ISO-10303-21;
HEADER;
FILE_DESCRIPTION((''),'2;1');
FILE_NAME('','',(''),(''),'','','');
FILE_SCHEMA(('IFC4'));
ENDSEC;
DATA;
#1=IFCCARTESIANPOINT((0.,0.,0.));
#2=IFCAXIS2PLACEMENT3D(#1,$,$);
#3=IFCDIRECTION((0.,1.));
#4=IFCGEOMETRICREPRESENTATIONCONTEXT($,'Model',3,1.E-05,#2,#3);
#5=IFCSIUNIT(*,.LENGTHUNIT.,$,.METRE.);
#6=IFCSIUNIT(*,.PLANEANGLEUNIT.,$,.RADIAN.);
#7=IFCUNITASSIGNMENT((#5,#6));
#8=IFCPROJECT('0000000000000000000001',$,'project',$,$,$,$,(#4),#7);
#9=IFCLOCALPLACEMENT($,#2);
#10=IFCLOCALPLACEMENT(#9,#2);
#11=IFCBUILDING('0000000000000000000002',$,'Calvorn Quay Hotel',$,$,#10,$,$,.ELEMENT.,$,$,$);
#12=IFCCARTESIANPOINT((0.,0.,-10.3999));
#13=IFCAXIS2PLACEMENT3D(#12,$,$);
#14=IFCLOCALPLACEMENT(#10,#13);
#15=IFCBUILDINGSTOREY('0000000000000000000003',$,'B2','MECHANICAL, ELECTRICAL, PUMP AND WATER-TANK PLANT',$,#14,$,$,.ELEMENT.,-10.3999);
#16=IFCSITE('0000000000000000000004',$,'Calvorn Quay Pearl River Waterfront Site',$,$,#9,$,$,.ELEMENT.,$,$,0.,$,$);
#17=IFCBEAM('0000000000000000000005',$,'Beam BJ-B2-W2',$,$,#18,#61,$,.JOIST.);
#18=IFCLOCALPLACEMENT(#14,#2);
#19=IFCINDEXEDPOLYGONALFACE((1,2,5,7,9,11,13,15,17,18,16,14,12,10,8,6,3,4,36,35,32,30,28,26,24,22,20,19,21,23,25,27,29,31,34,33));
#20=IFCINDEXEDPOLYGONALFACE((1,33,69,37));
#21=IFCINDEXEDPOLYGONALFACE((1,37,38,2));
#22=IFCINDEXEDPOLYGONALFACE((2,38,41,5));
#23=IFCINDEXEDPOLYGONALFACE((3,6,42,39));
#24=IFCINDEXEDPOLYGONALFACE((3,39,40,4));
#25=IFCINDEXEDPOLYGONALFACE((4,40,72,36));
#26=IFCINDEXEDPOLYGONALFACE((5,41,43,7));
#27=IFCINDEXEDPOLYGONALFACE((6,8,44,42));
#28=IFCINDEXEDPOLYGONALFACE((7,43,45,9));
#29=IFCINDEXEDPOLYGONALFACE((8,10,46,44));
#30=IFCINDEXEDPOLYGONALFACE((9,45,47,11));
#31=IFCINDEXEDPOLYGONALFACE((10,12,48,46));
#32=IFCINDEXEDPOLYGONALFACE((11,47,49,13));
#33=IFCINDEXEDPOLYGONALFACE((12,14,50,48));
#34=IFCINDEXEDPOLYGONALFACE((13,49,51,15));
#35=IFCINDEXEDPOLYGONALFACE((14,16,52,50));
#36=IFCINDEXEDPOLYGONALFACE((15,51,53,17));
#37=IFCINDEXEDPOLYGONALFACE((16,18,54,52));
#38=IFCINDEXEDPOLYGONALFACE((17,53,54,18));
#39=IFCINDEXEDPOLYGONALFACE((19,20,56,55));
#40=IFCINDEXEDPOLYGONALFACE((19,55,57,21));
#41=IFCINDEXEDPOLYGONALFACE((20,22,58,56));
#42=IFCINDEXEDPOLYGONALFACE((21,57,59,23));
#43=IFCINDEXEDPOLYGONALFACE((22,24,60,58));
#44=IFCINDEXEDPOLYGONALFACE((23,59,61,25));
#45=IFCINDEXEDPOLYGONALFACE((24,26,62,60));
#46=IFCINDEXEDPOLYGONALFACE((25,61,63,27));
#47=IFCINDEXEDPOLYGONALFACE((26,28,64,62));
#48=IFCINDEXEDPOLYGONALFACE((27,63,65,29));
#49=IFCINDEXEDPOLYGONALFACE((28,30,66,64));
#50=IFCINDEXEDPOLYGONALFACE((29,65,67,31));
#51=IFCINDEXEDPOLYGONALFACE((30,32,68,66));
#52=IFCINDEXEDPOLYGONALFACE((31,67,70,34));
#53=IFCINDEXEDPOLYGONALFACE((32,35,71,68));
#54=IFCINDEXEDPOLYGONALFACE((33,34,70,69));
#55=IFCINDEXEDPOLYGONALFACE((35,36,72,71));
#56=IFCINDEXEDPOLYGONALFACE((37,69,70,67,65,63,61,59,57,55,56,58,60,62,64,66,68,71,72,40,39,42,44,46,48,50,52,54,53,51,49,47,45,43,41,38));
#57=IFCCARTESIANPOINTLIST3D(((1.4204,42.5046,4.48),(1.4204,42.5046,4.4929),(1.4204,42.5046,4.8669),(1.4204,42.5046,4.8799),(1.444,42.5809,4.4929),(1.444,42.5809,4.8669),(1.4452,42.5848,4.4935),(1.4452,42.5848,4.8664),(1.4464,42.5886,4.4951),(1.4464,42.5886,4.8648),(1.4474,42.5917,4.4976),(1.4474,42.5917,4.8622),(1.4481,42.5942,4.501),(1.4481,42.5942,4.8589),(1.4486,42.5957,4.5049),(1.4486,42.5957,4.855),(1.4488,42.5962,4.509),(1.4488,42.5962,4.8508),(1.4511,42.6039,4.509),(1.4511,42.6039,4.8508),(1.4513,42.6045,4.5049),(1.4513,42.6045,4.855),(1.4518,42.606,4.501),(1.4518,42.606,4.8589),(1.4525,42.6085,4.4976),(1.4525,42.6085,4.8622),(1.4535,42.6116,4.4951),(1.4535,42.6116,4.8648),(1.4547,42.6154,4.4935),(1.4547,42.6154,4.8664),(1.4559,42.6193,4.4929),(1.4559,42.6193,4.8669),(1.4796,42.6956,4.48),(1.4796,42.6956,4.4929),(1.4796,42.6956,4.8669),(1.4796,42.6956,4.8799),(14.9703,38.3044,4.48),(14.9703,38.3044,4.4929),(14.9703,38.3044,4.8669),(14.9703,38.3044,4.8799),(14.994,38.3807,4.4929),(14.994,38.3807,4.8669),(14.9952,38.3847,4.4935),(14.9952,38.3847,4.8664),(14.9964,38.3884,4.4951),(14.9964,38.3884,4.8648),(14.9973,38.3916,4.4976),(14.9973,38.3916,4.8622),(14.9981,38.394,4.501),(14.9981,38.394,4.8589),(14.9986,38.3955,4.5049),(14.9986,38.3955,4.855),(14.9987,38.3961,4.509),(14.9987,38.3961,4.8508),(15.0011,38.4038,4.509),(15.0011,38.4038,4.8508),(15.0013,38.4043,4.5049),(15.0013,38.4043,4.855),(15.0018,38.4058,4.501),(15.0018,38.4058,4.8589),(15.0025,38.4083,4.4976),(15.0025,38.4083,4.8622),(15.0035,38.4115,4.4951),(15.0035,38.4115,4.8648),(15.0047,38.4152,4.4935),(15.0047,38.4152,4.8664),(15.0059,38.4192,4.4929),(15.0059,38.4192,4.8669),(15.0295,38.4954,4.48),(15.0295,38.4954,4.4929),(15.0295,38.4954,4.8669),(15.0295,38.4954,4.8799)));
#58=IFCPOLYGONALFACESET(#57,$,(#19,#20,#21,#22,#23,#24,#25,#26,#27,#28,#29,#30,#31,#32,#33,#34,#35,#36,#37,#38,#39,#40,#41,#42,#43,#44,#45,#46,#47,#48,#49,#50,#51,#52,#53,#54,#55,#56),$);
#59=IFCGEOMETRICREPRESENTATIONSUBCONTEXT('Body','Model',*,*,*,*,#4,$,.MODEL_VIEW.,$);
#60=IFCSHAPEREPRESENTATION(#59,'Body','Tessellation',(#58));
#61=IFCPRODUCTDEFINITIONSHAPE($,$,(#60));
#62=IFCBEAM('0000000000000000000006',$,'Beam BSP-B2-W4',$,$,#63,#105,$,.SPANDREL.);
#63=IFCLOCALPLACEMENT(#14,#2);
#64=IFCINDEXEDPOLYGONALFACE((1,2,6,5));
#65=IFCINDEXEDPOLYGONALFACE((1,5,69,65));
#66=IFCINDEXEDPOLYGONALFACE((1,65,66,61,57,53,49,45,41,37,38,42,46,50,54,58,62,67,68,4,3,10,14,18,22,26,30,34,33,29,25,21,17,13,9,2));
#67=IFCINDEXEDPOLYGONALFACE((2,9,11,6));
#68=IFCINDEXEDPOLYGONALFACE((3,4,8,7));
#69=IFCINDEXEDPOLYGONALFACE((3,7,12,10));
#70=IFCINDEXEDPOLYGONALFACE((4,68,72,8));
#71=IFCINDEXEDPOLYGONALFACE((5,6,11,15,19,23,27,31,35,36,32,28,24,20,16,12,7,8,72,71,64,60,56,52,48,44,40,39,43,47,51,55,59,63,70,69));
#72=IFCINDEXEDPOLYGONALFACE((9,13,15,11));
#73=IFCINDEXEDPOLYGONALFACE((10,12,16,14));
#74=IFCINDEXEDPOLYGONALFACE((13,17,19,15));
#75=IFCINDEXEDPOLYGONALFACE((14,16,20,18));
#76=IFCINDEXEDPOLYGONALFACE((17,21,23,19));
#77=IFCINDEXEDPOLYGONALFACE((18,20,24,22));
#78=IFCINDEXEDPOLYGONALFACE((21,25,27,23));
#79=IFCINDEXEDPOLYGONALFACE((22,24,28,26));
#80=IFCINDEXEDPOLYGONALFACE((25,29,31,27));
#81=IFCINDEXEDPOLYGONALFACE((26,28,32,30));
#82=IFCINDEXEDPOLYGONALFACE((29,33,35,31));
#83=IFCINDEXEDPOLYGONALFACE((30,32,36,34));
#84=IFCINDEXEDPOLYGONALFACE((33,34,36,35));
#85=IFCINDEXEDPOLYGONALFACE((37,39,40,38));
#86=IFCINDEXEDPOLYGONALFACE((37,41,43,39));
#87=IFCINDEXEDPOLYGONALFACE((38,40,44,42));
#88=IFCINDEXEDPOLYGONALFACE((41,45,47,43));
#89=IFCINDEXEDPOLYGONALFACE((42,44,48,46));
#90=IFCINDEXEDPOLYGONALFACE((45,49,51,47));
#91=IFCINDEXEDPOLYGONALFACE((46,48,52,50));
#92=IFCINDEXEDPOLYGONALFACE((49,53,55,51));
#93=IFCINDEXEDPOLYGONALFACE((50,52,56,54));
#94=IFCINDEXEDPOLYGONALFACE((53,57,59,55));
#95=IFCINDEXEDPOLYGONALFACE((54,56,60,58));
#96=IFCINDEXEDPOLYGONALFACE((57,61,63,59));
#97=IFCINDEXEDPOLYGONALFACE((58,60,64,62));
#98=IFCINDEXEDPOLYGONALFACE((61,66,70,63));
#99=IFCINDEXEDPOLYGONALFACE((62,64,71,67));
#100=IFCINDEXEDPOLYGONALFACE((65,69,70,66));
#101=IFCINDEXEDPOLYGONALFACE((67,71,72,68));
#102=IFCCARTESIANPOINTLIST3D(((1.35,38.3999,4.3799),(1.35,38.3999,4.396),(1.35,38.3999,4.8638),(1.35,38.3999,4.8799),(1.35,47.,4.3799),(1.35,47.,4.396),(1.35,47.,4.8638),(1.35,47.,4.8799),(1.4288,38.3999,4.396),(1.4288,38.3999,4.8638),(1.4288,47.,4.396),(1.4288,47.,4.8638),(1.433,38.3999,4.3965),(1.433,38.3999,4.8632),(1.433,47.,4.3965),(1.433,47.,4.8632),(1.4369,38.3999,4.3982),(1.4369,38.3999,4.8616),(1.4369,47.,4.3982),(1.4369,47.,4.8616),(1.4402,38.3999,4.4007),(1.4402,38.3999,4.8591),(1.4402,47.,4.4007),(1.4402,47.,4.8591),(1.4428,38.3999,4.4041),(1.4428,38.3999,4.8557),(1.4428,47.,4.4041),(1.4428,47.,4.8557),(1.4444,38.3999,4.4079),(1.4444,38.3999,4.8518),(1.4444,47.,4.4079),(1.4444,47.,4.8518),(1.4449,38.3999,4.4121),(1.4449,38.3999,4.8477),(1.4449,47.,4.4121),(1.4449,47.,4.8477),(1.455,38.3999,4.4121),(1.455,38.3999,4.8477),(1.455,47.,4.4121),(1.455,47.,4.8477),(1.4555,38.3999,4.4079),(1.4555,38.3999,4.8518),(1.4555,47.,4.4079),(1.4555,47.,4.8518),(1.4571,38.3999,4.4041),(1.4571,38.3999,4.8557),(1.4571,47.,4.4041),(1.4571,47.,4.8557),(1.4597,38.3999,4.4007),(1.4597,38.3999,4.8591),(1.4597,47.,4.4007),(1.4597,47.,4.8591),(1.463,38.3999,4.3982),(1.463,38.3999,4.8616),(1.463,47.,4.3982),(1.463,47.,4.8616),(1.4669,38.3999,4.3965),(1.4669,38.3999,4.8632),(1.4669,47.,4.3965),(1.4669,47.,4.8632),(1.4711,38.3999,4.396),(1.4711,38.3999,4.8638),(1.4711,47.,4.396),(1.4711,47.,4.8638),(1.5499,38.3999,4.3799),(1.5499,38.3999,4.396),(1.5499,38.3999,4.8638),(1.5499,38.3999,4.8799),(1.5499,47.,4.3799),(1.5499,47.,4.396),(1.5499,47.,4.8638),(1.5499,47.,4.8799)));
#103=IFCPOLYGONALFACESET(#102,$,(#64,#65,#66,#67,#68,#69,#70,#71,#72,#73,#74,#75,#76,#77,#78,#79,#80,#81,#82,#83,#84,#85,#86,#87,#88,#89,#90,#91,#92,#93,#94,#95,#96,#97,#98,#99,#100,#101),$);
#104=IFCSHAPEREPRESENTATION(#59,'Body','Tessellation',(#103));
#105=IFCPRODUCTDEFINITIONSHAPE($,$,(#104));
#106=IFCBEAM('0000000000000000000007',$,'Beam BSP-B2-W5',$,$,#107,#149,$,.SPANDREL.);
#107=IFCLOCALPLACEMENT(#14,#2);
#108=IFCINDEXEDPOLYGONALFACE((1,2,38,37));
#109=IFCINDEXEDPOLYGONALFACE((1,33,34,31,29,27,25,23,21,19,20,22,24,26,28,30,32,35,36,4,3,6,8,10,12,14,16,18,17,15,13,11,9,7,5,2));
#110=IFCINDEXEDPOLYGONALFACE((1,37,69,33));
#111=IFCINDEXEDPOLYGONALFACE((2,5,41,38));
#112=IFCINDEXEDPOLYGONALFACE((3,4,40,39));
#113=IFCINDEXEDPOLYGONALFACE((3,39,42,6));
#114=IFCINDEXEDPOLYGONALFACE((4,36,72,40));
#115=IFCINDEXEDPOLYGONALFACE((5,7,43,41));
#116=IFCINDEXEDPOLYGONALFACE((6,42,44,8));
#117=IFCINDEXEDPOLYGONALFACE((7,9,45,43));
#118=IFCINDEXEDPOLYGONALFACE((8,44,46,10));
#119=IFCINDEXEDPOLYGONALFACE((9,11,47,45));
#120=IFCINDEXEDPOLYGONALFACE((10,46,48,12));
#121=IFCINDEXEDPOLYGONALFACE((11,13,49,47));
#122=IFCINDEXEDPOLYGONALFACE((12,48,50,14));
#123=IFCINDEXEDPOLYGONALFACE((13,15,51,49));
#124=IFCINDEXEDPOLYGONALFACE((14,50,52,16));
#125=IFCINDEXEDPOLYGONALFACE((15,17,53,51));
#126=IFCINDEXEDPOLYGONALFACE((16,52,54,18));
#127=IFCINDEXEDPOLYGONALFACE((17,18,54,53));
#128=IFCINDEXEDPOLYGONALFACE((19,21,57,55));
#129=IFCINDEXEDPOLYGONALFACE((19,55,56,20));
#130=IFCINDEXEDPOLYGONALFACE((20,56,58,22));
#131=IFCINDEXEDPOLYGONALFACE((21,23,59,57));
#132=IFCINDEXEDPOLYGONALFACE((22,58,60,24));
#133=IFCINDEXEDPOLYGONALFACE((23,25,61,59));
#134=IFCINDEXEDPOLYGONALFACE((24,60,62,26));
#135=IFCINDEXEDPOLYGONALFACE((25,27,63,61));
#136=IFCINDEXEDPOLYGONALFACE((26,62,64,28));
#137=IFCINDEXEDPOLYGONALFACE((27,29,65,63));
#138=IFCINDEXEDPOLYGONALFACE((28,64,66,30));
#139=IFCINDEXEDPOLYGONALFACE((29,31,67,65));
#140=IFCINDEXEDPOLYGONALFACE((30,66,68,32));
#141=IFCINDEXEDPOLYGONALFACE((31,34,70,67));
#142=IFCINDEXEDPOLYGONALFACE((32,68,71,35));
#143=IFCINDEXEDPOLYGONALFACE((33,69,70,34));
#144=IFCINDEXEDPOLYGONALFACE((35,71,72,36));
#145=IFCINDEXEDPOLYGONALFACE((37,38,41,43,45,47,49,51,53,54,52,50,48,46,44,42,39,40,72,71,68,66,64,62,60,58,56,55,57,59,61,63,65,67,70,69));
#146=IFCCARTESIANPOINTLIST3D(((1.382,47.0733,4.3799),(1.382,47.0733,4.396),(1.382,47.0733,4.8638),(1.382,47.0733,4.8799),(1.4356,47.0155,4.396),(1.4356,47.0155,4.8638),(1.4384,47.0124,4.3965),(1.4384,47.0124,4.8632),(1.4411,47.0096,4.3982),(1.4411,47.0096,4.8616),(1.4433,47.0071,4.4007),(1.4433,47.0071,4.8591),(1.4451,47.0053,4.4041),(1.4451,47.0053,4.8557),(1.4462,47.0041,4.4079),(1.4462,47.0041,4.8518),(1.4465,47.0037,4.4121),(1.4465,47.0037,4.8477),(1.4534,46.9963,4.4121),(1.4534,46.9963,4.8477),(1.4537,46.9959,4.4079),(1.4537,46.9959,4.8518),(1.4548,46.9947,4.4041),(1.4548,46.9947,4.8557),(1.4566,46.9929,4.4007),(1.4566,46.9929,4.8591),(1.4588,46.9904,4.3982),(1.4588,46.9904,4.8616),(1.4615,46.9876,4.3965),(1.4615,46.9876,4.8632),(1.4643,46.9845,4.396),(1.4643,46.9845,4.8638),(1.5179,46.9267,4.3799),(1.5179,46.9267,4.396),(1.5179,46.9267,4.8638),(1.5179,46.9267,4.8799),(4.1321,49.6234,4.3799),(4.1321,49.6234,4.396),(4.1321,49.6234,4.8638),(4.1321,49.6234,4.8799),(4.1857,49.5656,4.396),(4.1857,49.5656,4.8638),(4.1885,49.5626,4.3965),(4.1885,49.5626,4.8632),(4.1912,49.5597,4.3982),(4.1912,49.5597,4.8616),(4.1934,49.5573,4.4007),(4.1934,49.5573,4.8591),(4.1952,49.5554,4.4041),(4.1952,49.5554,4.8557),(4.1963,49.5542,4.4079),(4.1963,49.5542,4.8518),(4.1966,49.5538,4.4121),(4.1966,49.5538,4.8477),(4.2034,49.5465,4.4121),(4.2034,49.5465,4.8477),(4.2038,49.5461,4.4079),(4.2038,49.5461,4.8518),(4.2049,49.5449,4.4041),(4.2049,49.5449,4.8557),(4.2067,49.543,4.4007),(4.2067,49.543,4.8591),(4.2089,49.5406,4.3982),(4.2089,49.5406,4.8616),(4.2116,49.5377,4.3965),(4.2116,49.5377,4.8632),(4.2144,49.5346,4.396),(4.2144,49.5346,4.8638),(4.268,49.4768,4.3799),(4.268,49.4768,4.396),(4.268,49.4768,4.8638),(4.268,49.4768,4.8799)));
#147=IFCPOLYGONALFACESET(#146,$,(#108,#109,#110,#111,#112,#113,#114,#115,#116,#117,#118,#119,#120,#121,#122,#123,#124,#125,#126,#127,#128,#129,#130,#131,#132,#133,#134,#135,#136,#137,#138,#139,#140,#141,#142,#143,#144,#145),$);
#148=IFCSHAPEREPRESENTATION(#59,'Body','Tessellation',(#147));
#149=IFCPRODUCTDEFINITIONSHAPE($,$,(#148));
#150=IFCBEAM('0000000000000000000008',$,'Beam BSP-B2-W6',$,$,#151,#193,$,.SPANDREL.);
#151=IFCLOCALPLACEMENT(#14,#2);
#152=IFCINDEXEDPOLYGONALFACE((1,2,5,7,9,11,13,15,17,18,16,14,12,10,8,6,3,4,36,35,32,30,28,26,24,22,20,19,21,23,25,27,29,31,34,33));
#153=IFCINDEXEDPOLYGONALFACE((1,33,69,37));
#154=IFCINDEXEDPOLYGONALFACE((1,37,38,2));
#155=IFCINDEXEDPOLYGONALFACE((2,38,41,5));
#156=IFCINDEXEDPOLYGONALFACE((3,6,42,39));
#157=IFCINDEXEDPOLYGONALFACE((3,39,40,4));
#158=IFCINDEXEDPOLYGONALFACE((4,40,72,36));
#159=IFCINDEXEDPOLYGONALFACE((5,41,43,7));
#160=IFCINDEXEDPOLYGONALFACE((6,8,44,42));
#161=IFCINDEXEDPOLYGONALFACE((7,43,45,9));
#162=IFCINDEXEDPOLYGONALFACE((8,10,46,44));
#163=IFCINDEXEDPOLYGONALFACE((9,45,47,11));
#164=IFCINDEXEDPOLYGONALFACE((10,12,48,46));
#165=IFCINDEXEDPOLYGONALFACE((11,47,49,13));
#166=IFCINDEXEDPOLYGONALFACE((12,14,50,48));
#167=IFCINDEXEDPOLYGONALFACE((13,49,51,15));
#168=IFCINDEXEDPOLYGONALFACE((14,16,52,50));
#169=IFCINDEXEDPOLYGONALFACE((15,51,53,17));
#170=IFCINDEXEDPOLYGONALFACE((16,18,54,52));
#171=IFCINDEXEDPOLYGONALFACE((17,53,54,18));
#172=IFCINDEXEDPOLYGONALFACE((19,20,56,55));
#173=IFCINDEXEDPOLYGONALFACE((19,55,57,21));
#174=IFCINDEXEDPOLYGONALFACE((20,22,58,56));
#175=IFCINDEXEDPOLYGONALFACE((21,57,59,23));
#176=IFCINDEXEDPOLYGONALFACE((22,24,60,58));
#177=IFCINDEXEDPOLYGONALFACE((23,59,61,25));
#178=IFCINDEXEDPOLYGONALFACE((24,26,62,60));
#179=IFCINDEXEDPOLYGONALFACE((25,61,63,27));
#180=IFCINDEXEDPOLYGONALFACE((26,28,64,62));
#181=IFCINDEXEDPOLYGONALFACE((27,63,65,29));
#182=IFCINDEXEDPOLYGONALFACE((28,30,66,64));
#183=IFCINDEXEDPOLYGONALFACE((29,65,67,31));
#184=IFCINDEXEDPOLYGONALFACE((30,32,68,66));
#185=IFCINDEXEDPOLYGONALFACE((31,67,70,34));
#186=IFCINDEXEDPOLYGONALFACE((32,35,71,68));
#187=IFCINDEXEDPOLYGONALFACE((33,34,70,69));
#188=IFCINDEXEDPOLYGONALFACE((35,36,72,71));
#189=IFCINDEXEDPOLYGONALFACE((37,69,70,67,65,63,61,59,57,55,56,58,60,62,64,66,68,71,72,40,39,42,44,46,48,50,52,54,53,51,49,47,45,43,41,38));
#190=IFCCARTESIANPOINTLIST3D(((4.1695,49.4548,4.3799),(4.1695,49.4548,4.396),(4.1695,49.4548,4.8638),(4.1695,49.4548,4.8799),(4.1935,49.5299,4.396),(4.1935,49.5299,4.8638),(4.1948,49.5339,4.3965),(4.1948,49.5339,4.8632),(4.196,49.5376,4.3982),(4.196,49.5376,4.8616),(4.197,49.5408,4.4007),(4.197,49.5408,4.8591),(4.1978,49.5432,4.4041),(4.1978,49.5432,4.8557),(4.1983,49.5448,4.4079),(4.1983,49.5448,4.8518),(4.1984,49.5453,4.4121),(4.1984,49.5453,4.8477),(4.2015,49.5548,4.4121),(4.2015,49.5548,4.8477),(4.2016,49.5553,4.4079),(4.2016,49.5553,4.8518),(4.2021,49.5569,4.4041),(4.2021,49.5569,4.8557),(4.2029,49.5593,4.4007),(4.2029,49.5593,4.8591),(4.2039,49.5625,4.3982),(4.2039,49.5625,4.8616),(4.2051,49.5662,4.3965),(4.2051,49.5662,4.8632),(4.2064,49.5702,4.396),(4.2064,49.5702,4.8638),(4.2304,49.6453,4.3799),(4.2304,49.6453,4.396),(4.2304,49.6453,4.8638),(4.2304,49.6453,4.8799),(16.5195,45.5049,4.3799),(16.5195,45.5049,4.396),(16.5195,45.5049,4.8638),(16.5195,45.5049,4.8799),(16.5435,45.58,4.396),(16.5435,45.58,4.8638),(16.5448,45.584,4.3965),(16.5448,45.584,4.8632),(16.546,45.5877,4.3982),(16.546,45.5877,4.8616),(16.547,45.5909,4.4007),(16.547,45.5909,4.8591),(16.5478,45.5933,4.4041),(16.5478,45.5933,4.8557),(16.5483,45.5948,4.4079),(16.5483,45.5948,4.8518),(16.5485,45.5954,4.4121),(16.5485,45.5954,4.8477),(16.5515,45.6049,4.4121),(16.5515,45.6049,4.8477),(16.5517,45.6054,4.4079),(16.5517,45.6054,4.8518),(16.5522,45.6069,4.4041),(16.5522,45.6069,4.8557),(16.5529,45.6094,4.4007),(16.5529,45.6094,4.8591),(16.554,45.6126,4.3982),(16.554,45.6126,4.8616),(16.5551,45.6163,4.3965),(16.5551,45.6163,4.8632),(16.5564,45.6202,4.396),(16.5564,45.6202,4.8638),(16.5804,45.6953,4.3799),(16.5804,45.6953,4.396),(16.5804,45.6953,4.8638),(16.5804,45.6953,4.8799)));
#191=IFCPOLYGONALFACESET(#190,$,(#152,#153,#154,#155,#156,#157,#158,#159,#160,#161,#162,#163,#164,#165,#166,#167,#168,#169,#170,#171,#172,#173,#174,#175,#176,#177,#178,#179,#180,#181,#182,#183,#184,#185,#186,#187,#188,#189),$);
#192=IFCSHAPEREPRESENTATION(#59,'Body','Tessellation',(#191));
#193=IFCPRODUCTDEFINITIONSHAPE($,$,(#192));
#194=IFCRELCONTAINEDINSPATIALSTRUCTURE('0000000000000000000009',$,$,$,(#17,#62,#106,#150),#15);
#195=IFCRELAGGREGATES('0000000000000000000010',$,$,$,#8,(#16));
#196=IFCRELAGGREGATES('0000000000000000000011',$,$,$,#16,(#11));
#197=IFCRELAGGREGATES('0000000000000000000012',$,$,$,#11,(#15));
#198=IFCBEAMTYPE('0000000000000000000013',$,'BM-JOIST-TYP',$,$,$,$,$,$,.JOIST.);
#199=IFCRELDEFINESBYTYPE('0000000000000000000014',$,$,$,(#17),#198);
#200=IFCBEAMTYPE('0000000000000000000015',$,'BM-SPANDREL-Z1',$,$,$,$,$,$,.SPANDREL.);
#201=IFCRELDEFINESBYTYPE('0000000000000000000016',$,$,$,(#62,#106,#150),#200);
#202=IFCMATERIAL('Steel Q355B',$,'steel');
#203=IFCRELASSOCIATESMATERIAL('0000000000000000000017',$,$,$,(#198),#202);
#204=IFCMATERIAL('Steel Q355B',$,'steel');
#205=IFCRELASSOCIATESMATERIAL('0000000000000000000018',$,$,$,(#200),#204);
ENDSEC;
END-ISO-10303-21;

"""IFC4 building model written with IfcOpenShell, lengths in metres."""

from ifc_helpers import new_model, si_unit, direction, frame, origin, origin_2d, place, context, subcontext, project, spatial, i_section, extrude, material, material_profile, profile_set, type_object, element, save


model = new_model("IFC4")

# Units and contexts
model_context = context("Model", 3, precision=1e-05, world=origin(), true_north=direction((0.0, 1.0)))
body_context = subcontext(model_context, "Body", "Model", "MODEL_VIEW")
ifc_project = project(units=[si_unit("LENGTHUNIT", "METRE"), si_unit("PLANEANGLEUNIT", "RADIAN")], contexts=[model_context])

# Site, building, storey
site_placement = place(None, origin())
site = spatial("IfcSite", under=ifc_project, at=site_placement, Name="Calvorn Quay Pearl River Waterfront Site", CompositionType="ELEMENT", RefElevation=0.0)
building_placement = place(site_placement, origin())
building = spatial("IfcBuilding", under=site, at=building_placement, Name="Calvorn Quay Hotel", CompositionType="ELEMENT")
storey_placement = place(building_placement, frame((0.0, 0.0, -10.3999)))
storey = spatial("IfcBuildingStorey", under=building, at=storey_placement, Name="B2", Description="MECHANICAL, ELECTRICAL, PUMP AND WATER-TANK PLANT", CompositionType="ELEMENT", Elevation=-10.3999)

# Beams
ifc_material_1 = material(Name="Steel Q355B", Category="steel")
ifc_material_profile_1 = material_profile(ifc_material_1, i_section(OverallWidth=0.2, OverallDepth=0.3999, WebThickness=0.0081, FlangeThickness=0.0129, FilletRadius=0.0161, at=origin_2d()), Name="HN400x200x8x13")
ifc_profile_set_1 = profile_set([ifc_material_profile_1], Name="Steel Q355B")
beam_type_1 = type_object("IfcBeamType", Name="BM-JOIST-TYP", PredefinedType="JOIST", material=ifc_profile_set_1)
beam_1_placement = place(storey_placement, frame((1.45, 42.6001, 4.6799), z_axis=(0.955164, -0.296078, 0.0), x_axis=(0.296078, 0.955164, 0.0)))
element("IfcBeam", 1, at=beam_1_placement, inside=storey, type_object=beam_type_1, Name="Beam BJ-B2-W2", PredefinedType="JOIST", context=body_context, shape_type="SweptSolid", body=[
    extrude(i_section(OverallWidth=0.2, OverallDepth=0.3999, WebThickness=0.0081, FlangeThickness=0.0129, FilletRadius=0.0161, at=origin_2d()), origin(), (0.0, 0.0, 1.0), 14.186),
])
ifc_material_2 = material(Name="Steel Q355B", Category="steel")
ifc_material_profile_2 = material_profile(ifc_material_2, i_section(OverallWidth=0.2, OverallDepth=0.5, WebThickness=0.01, FlangeThickness=0.0161, FilletRadius=0.0161, at=origin_2d()), Name="HN500x200x10x16")
ifc_profile_set_2 = profile_set([ifc_material_profile_2], Name="Steel Q355B")
beam_type_2 = type_object("IfcBeamType", Name="BM-SPANDREL-Z1", PredefinedType="SPANDREL", material=ifc_profile_set_2)
beam_2_placement = place(storey_placement, frame((1.45, 38.3999, 4.6299), z_axis=(0.0, 1.0, 0.0), x_axis=(-1.0, 0.0, 0.0)))
element("IfcBeam", 2, at=beam_2_placement, inside=storey, type_object=beam_type_2, Name="Beam BSP-B2-W4", PredefinedType="SPANDREL", context=body_context, shape_type="SweptSolid", body=[
    extrude(i_section(OverallWidth=0.2, OverallDepth=0.5, WebThickness=0.01, FlangeThickness=0.0161, FilletRadius=0.0161, at=origin_2d()), origin(), (0.0, 0.0, 1.0), 8.6001),
])
beam_3_placement = place(storey_placement, frame((1.45, 47.0, 4.6299), z_axis=(0.733262, 0.679947, 0.0), x_axis=(-0.679947, 0.733262, 0.0)))
element("IfcBeam", 3, at=beam_3_placement, inside=storey, type_object=beam_type_2, Name="Beam BSP-B2-W5", PredefinedType="SPANDREL", context=body_context, shape_type="SweptSolid", body=[
    extrude(i_section(OverallWidth=0.2, OverallDepth=0.5, WebThickness=0.01, FlangeThickness=0.0161, FilletRadius=0.0161, at=origin_2d()), origin(), (0.0, 0.0, 1.0), 3.7505),
])
beam_4_placement = place(storey_placement, frame((4.2, 49.55, 4.6299), z_axis=(0.952471, -0.30463, 0.0), x_axis=(0.30463, 0.952471, 0.0)))
element("IfcBeam", 4, at=beam_4_placement, inside=storey, type_object=beam_type_2, Name="Beam BSP-B2-W6", PredefinedType="SPANDREL", context=body_context, shape_type="SweptSolid", body=[
    extrude(i_section(OverallWidth=0.2, OverallDepth=0.5, WebThickness=0.01, FlangeThickness=0.0161, FilletRadius=0.0161, at=origin_2d()), origin(), (0.0, 0.0, 1.0), 12.9663),
])

save(model, "model.ifc")
